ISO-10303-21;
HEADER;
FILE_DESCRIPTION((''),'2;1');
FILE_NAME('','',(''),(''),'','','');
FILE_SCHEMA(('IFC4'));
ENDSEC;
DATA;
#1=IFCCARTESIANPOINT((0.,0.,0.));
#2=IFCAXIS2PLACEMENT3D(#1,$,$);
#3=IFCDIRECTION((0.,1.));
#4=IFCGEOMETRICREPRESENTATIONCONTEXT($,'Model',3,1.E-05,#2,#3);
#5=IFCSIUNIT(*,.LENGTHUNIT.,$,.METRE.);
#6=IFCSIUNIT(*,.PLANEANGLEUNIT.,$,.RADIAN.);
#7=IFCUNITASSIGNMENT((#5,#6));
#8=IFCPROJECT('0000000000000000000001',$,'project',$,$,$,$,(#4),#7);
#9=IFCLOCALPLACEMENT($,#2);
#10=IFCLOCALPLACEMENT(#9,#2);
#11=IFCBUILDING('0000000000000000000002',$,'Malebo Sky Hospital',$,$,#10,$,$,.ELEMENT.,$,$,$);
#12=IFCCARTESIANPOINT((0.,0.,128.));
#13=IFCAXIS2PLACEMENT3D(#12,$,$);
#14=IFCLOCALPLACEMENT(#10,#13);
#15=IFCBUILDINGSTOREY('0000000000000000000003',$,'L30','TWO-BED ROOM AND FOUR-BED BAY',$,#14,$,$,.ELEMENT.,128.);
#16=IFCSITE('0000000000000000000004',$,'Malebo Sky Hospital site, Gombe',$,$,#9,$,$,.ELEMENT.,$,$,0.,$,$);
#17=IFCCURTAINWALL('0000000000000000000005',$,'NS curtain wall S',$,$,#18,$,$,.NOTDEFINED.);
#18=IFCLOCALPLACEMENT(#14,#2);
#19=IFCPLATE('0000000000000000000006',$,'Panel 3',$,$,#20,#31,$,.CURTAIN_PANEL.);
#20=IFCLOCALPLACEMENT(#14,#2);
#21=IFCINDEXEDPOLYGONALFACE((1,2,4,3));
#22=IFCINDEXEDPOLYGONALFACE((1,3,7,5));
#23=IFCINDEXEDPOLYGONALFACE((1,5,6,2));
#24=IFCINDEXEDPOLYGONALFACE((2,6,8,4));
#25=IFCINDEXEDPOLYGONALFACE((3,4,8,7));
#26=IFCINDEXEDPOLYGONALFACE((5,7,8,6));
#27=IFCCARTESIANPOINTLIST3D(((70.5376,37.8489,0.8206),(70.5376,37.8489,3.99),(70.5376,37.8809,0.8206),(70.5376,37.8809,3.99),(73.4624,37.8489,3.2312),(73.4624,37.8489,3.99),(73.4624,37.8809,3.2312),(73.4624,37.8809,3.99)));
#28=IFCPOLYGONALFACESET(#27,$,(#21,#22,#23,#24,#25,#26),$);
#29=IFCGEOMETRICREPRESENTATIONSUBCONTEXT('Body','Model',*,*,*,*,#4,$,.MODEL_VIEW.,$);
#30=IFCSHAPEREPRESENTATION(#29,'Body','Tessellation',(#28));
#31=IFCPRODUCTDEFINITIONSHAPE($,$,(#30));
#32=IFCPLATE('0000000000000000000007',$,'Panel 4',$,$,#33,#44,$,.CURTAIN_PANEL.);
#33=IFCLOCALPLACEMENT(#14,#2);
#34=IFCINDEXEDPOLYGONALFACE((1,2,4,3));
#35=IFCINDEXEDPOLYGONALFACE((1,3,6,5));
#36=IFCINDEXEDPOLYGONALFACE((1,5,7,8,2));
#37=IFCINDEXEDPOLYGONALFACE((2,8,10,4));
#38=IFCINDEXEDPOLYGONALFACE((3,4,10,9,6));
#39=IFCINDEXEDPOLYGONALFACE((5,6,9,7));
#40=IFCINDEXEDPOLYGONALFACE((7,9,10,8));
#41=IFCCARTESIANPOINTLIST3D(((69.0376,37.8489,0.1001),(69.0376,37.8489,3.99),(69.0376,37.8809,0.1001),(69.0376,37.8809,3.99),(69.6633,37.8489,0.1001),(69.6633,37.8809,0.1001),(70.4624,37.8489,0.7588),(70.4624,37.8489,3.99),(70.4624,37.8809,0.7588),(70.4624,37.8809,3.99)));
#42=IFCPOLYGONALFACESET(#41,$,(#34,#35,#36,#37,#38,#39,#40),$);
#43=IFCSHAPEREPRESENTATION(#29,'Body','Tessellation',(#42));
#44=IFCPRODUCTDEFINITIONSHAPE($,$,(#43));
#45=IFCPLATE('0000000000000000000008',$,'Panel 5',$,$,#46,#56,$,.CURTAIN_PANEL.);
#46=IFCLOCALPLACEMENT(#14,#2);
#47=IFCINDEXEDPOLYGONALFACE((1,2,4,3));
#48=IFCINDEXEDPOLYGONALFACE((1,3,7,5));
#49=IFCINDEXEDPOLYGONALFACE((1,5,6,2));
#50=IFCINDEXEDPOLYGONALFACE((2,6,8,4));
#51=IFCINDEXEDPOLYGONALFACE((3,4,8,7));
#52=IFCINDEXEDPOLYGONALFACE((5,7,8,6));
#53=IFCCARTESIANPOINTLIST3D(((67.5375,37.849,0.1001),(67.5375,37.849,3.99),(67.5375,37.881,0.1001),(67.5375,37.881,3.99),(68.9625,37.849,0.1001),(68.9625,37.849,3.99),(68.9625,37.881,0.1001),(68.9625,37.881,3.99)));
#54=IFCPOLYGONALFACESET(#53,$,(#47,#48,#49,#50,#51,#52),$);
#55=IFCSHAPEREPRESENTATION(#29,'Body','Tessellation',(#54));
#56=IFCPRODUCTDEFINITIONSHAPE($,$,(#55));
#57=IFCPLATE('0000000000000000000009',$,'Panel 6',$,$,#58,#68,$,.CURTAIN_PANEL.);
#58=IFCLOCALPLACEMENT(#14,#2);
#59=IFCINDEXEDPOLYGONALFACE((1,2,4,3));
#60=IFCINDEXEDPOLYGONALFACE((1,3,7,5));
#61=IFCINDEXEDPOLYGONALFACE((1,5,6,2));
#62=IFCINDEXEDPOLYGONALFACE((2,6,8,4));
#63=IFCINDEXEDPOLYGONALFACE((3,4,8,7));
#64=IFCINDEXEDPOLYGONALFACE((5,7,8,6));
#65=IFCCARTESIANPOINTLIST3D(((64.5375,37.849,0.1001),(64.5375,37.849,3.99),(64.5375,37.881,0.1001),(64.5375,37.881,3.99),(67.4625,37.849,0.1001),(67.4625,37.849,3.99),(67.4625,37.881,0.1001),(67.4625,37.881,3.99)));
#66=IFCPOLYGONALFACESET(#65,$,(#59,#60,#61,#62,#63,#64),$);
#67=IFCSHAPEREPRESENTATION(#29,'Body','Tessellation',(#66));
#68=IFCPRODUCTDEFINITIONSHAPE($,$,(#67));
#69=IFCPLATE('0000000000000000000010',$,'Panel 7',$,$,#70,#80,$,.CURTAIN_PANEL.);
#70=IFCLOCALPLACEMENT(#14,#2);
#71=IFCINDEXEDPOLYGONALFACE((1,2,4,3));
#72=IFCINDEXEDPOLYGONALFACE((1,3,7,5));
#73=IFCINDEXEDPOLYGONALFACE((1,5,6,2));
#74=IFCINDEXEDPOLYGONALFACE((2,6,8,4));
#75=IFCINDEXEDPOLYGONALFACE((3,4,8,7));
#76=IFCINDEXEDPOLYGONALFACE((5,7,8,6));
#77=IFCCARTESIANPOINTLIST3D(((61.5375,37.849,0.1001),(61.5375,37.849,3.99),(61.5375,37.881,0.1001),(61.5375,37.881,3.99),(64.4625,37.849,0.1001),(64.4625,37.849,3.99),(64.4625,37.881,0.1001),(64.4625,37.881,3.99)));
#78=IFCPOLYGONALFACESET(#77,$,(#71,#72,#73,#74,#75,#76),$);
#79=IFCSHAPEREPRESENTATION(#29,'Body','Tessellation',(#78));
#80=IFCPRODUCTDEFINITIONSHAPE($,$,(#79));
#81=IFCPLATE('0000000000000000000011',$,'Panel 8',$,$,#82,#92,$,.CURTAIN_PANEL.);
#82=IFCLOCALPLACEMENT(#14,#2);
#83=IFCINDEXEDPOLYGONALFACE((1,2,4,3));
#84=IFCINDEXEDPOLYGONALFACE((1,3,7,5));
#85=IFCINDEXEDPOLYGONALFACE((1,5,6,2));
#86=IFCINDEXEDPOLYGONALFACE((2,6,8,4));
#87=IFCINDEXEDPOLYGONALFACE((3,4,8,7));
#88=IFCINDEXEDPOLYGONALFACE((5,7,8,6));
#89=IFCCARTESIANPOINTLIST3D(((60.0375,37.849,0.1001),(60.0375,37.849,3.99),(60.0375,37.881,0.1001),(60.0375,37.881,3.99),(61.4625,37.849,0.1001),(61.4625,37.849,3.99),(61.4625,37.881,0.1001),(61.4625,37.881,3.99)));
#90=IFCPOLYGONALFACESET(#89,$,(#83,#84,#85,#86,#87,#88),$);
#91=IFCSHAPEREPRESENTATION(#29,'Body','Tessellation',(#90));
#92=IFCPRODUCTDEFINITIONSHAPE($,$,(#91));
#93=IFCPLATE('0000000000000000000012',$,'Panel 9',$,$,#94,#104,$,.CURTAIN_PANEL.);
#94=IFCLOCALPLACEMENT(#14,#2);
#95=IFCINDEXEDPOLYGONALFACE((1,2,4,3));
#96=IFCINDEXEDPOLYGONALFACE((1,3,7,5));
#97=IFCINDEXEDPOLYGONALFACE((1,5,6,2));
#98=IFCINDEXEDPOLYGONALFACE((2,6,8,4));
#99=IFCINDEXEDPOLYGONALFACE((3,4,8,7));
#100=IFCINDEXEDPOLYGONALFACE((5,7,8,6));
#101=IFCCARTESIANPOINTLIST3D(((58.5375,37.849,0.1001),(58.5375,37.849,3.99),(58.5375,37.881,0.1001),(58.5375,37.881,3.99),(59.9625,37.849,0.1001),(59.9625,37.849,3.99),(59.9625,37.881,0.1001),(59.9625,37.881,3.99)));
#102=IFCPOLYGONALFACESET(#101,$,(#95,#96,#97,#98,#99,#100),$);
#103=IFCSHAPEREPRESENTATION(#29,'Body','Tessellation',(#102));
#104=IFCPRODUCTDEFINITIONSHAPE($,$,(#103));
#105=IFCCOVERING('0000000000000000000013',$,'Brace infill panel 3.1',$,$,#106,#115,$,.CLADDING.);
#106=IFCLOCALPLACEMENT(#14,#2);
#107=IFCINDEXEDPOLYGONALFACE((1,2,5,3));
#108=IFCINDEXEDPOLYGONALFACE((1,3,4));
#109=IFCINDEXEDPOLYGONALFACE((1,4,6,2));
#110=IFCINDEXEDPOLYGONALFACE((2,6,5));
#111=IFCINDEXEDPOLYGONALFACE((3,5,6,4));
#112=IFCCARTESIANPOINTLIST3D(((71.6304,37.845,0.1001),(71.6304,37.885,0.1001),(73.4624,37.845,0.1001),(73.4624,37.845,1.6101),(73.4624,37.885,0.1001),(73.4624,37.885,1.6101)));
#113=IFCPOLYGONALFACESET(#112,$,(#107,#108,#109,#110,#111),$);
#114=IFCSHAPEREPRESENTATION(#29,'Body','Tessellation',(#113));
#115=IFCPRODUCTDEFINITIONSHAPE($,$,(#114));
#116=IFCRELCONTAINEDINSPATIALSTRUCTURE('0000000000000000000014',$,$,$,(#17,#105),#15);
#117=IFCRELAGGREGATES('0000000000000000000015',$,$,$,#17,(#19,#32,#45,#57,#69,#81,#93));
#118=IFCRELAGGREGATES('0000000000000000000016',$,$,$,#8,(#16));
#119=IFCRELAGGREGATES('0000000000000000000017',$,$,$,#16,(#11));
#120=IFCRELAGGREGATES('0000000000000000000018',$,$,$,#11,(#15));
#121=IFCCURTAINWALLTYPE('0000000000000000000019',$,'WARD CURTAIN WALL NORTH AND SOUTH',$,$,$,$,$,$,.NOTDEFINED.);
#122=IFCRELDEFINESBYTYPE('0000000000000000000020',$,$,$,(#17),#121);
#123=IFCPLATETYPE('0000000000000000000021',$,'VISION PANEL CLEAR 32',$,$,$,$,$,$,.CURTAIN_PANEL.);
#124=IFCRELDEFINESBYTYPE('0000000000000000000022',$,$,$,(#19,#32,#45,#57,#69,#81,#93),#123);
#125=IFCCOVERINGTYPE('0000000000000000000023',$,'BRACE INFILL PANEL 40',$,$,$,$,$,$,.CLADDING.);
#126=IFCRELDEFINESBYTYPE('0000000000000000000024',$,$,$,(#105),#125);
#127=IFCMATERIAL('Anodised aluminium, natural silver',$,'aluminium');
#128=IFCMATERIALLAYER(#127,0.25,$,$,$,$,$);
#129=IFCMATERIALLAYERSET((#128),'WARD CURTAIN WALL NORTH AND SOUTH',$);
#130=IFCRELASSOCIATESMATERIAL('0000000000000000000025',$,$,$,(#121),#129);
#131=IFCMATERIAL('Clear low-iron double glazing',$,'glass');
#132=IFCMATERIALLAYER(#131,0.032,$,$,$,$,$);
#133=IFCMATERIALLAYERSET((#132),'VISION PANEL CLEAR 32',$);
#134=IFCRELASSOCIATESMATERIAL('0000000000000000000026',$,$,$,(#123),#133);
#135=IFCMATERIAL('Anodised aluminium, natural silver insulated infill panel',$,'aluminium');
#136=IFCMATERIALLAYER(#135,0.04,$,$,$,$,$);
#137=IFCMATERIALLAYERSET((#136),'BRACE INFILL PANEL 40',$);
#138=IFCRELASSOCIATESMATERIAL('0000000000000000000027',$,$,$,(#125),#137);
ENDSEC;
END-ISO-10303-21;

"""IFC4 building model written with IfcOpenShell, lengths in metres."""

from ifc_helpers import new_model, si_unit, direction, frame, origin, origin_2d, place, context, subcontext, project, spatial, polyline, rectangle, outline, extrude, material, layer, layer_set, type_object, element, aggregate, save


model = new_model("IFC4")

# Units and contexts
model_context = context("Model", 3, precision=1e-05, world=origin(), true_north=direction((0.0, 1.0)))
body_context = subcontext(model_context, "Body", "Model", "MODEL_VIEW")
ifc_project = project(units=[si_unit("LENGTHUNIT", "METRE"), si_unit("PLANEANGLEUNIT", "RADIAN")], contexts=[model_context])

# Site, building, storey
site_placement = place(None, origin())
site = spatial("IfcSite", under=ifc_project, at=site_placement, Name="Malebo Sky Hospital site, Gombe", CompositionType="ELEMENT", RefElevation=0.0)
building_placement = place(site_placement, origin())
building = spatial("IfcBuilding", under=site, at=building_placement, Name="Malebo Sky Hospital", CompositionType="ELEMENT")
storey_placement = place(building_placement, frame((0.0, 0.0, 128.0)))
storey = spatial("IfcBuildingStorey", under=building, at=storey_placement, Name="L30", Description="TWO-BED ROOM AND FOUR-BED BAY", CompositionType="ELEMENT", Elevation=128.0)

# Curtain wall
ifc_material_1 = material(Name="Anodised aluminium, natural silver", Category="aluminium")
ifc_layer_1 = layer(ifc_material_1, 0.25)
ifc_layer_set_1 = layer_set([ifc_layer_1], Name="WARD CURTAIN WALL NORTH AND SOUTH")
curtain_wall_type = type_object("IfcCurtainWallType", Name="WARD CURTAIN WALL NORTH AND SOUTH", PredefinedType="NOTDEFINED", material=ifc_layer_set_1)
curtain_wall_placement = place(storey_placement, origin())
curtain_wall = element("IfcCurtainWall", 1, at=curtain_wall_placement, inside=storey, type_object=curtain_wall_type, Name="NS curtain wall S", PredefinedType="NOTDEFINED")

# Plates
ifc_material_2 = material(Name="Clear low-iron double glazing", Category="glass")
ifc_layer_2 = layer(ifc_material_2, 0.032)
ifc_layer_set_2 = layer_set([ifc_layer_2], Name="VISION PANEL CLEAR 32")
plate_type = type_object("IfcPlateType", Name="VISION PANEL CLEAR 32", PredefinedType="CURTAIN_PANEL", material=ifc_layer_set_2)
plate_1_placement = place(storey_placement, frame((72.0, 37.865, 0.8206), z_axis=(0.0, 0.0, 1.0), x_axis=(-1.0, 0.0, 0.0)))
plate_1 = element("IfcPlate", 2, at=plate_1_placement, type_object=plate_type, Name="Panel 3", PredefinedType="CURTAIN_PANEL", context=body_context, shape_type="SweptSolid", body=[
    extrude(outline(polyline([(1.4624, 0.0), (1.4624, 3.1694), (-1.4624, 3.1694), (-1.4624, 2.4106), (1.4624, 0.0)])), frame((0.0, 0.0161, 0.0), z_axis=(0.0, -1.0, 0.0), x_axis=(1.0, 0.0, 0.0)), (0.0, 0.0, 1.0), 0.032),
])
plate_2_placement = place(storey_placement, frame((69.75, 37.865, 0.1001), z_axis=(0.0, 0.0, 1.0), x_axis=(-1.0, 0.0, 0.0)))
plate_2 = element("IfcPlate", 3, at=plate_2_placement, type_object=plate_type, Name="Panel 4", PredefinedType="CURTAIN_PANEL", context=body_context, shape_type="SweptSolid", body=[
    extrude(outline(polyline([(0.0867, 0.0), (0.7124, 0.0), (0.7124, 3.8899), (-0.7124, 3.8899), (-0.7124, 0.6587), (0.0867, 0.0)])), frame((0.0, 0.0161, 0.0), z_axis=(0.0, -1.0, 0.0), x_axis=(1.0, 0.0, 0.0)), (0.0, 0.0, 1.0), 0.032),
])
plate_3_placement = place(storey_placement, frame((68.25, 37.865, 0.1001), z_axis=(0.0, 0.0, 1.0), x_axis=(-1.0, 0.0, 0.0)))
plate_3 = element("IfcPlate", 4, at=plate_3_placement, type_object=plate_type, Name="Panel 5", PredefinedType="CURTAIN_PANEL", context=body_context, shape_type="SweptSolid", body=[
    extrude(rectangle(XDim=1.425, YDim=0.032, at=origin_2d()), origin(), (0.0, 0.0, 1.0), 3.8899),
])
plate_4_placement = place(storey_placement, frame((66.0, 37.865, 0.1001), z_axis=(0.0, 0.0, 1.0), x_axis=(-1.0, 0.0, 0.0)))
plate_4 = element("IfcPlate", 5, at=plate_4_placement, type_object=plate_type, Name="Panel 6", PredefinedType="CURTAIN_PANEL", context=body_context, shape_type="SweptSolid", body=[
    extrude(rectangle(XDim=2.925, YDim=0.032, at=origin_2d()), origin(), (0.0, 0.0, 1.0), 3.8899),
])
plate_5_placement = place(storey_placement, frame((63.0, 37.865, 0.1001), z_axis=(0.0, 0.0, 1.0), x_axis=(-1.0, 0.0, 0.0)))
plate_5 = element("IfcPlate", 6, at=plate_5_placement, type_object=plate_type, Name="Panel 7", PredefinedType="CURTAIN_PANEL", context=body_context, shape_type="SweptSolid", body=[
    extrude(rectangle(XDim=2.925, YDim=0.032, at=origin_2d()), origin(), (0.0, 0.0, 1.0), 3.8899),
])
plate_6_placement = place(storey_placement, frame((60.75, 37.865, 0.1001), z_axis=(0.0, 0.0, 1.0), x_axis=(-1.0, 0.0, 0.0)))
plate_6 = element("IfcPlate", 7, at=plate_6_placement, type_object=plate_type, Name="Panel 8", PredefinedType="CURTAIN_PANEL", context=body_context, shape_type="SweptSolid", body=[
    extrude(rectangle(XDim=1.425, YDim=0.032, at=origin_2d()), origin(), (0.0, 0.0, 1.0), 3.8899),
])
plate_7_placement = place(storey_placement, frame((59.25, 37.865, 0.1001), z_axis=(0.0, 0.0, 1.0), x_axis=(-1.0, 0.0, 0.0)))
plate_7 = element("IfcPlate", 8, at=plate_7_placement, type_object=plate_type, Name="Panel 9", PredefinedType="CURTAIN_PANEL", context=body_context, shape_type="SweptSolid", body=[
    extrude(rectangle(XDim=1.425, YDim=0.032, at=origin_2d()), origin(), (0.0, 0.0, 1.0), 3.8899),
])
aggregate(curtain_wall, [plate_1, plate_2, plate_3, plate_4, plate_5, plate_6, plate_7])

# Covering
ifc_material_3 = material(Name="Anodised aluminium, natural silver insulated infill panel", Category="aluminium")
ifc_layer_3 = layer(ifc_material_3, 0.04)
ifc_layer_set_3 = layer_set([ifc_layer_3], Name="BRACE INFILL PANEL 40")
covering_type = type_object("IfcCoveringType", Name="BRACE INFILL PANEL 40", PredefinedType="CLADDING", material=ifc_layer_set_3)
covering_placement = place(storey_placement, frame((72.5464, 37.865, 0.1001), z_axis=(0.0, 0.0, 1.0), x_axis=(-1.0, 0.0, 0.0)))
element("IfcCovering", 9, at=covering_placement, inside=storey, type_object=covering_type, Name="Brace infill panel 3.1", PredefinedType="CLADDING", context=body_context, shape_type="SweptSolid", body=[
    extrude(outline(polyline([(-0.916, 0.0), (0.916, 0.0), (-0.916, 1.51), (-0.916, 0.0)])), frame((0.0, 0.02, 0.0), z_axis=(0.0, -1.0, 0.0), x_axis=(1.0, 0.0, 0.0)), (0.0, 0.0, 1.0), 0.04),
])

save(model, "model.ifc")
